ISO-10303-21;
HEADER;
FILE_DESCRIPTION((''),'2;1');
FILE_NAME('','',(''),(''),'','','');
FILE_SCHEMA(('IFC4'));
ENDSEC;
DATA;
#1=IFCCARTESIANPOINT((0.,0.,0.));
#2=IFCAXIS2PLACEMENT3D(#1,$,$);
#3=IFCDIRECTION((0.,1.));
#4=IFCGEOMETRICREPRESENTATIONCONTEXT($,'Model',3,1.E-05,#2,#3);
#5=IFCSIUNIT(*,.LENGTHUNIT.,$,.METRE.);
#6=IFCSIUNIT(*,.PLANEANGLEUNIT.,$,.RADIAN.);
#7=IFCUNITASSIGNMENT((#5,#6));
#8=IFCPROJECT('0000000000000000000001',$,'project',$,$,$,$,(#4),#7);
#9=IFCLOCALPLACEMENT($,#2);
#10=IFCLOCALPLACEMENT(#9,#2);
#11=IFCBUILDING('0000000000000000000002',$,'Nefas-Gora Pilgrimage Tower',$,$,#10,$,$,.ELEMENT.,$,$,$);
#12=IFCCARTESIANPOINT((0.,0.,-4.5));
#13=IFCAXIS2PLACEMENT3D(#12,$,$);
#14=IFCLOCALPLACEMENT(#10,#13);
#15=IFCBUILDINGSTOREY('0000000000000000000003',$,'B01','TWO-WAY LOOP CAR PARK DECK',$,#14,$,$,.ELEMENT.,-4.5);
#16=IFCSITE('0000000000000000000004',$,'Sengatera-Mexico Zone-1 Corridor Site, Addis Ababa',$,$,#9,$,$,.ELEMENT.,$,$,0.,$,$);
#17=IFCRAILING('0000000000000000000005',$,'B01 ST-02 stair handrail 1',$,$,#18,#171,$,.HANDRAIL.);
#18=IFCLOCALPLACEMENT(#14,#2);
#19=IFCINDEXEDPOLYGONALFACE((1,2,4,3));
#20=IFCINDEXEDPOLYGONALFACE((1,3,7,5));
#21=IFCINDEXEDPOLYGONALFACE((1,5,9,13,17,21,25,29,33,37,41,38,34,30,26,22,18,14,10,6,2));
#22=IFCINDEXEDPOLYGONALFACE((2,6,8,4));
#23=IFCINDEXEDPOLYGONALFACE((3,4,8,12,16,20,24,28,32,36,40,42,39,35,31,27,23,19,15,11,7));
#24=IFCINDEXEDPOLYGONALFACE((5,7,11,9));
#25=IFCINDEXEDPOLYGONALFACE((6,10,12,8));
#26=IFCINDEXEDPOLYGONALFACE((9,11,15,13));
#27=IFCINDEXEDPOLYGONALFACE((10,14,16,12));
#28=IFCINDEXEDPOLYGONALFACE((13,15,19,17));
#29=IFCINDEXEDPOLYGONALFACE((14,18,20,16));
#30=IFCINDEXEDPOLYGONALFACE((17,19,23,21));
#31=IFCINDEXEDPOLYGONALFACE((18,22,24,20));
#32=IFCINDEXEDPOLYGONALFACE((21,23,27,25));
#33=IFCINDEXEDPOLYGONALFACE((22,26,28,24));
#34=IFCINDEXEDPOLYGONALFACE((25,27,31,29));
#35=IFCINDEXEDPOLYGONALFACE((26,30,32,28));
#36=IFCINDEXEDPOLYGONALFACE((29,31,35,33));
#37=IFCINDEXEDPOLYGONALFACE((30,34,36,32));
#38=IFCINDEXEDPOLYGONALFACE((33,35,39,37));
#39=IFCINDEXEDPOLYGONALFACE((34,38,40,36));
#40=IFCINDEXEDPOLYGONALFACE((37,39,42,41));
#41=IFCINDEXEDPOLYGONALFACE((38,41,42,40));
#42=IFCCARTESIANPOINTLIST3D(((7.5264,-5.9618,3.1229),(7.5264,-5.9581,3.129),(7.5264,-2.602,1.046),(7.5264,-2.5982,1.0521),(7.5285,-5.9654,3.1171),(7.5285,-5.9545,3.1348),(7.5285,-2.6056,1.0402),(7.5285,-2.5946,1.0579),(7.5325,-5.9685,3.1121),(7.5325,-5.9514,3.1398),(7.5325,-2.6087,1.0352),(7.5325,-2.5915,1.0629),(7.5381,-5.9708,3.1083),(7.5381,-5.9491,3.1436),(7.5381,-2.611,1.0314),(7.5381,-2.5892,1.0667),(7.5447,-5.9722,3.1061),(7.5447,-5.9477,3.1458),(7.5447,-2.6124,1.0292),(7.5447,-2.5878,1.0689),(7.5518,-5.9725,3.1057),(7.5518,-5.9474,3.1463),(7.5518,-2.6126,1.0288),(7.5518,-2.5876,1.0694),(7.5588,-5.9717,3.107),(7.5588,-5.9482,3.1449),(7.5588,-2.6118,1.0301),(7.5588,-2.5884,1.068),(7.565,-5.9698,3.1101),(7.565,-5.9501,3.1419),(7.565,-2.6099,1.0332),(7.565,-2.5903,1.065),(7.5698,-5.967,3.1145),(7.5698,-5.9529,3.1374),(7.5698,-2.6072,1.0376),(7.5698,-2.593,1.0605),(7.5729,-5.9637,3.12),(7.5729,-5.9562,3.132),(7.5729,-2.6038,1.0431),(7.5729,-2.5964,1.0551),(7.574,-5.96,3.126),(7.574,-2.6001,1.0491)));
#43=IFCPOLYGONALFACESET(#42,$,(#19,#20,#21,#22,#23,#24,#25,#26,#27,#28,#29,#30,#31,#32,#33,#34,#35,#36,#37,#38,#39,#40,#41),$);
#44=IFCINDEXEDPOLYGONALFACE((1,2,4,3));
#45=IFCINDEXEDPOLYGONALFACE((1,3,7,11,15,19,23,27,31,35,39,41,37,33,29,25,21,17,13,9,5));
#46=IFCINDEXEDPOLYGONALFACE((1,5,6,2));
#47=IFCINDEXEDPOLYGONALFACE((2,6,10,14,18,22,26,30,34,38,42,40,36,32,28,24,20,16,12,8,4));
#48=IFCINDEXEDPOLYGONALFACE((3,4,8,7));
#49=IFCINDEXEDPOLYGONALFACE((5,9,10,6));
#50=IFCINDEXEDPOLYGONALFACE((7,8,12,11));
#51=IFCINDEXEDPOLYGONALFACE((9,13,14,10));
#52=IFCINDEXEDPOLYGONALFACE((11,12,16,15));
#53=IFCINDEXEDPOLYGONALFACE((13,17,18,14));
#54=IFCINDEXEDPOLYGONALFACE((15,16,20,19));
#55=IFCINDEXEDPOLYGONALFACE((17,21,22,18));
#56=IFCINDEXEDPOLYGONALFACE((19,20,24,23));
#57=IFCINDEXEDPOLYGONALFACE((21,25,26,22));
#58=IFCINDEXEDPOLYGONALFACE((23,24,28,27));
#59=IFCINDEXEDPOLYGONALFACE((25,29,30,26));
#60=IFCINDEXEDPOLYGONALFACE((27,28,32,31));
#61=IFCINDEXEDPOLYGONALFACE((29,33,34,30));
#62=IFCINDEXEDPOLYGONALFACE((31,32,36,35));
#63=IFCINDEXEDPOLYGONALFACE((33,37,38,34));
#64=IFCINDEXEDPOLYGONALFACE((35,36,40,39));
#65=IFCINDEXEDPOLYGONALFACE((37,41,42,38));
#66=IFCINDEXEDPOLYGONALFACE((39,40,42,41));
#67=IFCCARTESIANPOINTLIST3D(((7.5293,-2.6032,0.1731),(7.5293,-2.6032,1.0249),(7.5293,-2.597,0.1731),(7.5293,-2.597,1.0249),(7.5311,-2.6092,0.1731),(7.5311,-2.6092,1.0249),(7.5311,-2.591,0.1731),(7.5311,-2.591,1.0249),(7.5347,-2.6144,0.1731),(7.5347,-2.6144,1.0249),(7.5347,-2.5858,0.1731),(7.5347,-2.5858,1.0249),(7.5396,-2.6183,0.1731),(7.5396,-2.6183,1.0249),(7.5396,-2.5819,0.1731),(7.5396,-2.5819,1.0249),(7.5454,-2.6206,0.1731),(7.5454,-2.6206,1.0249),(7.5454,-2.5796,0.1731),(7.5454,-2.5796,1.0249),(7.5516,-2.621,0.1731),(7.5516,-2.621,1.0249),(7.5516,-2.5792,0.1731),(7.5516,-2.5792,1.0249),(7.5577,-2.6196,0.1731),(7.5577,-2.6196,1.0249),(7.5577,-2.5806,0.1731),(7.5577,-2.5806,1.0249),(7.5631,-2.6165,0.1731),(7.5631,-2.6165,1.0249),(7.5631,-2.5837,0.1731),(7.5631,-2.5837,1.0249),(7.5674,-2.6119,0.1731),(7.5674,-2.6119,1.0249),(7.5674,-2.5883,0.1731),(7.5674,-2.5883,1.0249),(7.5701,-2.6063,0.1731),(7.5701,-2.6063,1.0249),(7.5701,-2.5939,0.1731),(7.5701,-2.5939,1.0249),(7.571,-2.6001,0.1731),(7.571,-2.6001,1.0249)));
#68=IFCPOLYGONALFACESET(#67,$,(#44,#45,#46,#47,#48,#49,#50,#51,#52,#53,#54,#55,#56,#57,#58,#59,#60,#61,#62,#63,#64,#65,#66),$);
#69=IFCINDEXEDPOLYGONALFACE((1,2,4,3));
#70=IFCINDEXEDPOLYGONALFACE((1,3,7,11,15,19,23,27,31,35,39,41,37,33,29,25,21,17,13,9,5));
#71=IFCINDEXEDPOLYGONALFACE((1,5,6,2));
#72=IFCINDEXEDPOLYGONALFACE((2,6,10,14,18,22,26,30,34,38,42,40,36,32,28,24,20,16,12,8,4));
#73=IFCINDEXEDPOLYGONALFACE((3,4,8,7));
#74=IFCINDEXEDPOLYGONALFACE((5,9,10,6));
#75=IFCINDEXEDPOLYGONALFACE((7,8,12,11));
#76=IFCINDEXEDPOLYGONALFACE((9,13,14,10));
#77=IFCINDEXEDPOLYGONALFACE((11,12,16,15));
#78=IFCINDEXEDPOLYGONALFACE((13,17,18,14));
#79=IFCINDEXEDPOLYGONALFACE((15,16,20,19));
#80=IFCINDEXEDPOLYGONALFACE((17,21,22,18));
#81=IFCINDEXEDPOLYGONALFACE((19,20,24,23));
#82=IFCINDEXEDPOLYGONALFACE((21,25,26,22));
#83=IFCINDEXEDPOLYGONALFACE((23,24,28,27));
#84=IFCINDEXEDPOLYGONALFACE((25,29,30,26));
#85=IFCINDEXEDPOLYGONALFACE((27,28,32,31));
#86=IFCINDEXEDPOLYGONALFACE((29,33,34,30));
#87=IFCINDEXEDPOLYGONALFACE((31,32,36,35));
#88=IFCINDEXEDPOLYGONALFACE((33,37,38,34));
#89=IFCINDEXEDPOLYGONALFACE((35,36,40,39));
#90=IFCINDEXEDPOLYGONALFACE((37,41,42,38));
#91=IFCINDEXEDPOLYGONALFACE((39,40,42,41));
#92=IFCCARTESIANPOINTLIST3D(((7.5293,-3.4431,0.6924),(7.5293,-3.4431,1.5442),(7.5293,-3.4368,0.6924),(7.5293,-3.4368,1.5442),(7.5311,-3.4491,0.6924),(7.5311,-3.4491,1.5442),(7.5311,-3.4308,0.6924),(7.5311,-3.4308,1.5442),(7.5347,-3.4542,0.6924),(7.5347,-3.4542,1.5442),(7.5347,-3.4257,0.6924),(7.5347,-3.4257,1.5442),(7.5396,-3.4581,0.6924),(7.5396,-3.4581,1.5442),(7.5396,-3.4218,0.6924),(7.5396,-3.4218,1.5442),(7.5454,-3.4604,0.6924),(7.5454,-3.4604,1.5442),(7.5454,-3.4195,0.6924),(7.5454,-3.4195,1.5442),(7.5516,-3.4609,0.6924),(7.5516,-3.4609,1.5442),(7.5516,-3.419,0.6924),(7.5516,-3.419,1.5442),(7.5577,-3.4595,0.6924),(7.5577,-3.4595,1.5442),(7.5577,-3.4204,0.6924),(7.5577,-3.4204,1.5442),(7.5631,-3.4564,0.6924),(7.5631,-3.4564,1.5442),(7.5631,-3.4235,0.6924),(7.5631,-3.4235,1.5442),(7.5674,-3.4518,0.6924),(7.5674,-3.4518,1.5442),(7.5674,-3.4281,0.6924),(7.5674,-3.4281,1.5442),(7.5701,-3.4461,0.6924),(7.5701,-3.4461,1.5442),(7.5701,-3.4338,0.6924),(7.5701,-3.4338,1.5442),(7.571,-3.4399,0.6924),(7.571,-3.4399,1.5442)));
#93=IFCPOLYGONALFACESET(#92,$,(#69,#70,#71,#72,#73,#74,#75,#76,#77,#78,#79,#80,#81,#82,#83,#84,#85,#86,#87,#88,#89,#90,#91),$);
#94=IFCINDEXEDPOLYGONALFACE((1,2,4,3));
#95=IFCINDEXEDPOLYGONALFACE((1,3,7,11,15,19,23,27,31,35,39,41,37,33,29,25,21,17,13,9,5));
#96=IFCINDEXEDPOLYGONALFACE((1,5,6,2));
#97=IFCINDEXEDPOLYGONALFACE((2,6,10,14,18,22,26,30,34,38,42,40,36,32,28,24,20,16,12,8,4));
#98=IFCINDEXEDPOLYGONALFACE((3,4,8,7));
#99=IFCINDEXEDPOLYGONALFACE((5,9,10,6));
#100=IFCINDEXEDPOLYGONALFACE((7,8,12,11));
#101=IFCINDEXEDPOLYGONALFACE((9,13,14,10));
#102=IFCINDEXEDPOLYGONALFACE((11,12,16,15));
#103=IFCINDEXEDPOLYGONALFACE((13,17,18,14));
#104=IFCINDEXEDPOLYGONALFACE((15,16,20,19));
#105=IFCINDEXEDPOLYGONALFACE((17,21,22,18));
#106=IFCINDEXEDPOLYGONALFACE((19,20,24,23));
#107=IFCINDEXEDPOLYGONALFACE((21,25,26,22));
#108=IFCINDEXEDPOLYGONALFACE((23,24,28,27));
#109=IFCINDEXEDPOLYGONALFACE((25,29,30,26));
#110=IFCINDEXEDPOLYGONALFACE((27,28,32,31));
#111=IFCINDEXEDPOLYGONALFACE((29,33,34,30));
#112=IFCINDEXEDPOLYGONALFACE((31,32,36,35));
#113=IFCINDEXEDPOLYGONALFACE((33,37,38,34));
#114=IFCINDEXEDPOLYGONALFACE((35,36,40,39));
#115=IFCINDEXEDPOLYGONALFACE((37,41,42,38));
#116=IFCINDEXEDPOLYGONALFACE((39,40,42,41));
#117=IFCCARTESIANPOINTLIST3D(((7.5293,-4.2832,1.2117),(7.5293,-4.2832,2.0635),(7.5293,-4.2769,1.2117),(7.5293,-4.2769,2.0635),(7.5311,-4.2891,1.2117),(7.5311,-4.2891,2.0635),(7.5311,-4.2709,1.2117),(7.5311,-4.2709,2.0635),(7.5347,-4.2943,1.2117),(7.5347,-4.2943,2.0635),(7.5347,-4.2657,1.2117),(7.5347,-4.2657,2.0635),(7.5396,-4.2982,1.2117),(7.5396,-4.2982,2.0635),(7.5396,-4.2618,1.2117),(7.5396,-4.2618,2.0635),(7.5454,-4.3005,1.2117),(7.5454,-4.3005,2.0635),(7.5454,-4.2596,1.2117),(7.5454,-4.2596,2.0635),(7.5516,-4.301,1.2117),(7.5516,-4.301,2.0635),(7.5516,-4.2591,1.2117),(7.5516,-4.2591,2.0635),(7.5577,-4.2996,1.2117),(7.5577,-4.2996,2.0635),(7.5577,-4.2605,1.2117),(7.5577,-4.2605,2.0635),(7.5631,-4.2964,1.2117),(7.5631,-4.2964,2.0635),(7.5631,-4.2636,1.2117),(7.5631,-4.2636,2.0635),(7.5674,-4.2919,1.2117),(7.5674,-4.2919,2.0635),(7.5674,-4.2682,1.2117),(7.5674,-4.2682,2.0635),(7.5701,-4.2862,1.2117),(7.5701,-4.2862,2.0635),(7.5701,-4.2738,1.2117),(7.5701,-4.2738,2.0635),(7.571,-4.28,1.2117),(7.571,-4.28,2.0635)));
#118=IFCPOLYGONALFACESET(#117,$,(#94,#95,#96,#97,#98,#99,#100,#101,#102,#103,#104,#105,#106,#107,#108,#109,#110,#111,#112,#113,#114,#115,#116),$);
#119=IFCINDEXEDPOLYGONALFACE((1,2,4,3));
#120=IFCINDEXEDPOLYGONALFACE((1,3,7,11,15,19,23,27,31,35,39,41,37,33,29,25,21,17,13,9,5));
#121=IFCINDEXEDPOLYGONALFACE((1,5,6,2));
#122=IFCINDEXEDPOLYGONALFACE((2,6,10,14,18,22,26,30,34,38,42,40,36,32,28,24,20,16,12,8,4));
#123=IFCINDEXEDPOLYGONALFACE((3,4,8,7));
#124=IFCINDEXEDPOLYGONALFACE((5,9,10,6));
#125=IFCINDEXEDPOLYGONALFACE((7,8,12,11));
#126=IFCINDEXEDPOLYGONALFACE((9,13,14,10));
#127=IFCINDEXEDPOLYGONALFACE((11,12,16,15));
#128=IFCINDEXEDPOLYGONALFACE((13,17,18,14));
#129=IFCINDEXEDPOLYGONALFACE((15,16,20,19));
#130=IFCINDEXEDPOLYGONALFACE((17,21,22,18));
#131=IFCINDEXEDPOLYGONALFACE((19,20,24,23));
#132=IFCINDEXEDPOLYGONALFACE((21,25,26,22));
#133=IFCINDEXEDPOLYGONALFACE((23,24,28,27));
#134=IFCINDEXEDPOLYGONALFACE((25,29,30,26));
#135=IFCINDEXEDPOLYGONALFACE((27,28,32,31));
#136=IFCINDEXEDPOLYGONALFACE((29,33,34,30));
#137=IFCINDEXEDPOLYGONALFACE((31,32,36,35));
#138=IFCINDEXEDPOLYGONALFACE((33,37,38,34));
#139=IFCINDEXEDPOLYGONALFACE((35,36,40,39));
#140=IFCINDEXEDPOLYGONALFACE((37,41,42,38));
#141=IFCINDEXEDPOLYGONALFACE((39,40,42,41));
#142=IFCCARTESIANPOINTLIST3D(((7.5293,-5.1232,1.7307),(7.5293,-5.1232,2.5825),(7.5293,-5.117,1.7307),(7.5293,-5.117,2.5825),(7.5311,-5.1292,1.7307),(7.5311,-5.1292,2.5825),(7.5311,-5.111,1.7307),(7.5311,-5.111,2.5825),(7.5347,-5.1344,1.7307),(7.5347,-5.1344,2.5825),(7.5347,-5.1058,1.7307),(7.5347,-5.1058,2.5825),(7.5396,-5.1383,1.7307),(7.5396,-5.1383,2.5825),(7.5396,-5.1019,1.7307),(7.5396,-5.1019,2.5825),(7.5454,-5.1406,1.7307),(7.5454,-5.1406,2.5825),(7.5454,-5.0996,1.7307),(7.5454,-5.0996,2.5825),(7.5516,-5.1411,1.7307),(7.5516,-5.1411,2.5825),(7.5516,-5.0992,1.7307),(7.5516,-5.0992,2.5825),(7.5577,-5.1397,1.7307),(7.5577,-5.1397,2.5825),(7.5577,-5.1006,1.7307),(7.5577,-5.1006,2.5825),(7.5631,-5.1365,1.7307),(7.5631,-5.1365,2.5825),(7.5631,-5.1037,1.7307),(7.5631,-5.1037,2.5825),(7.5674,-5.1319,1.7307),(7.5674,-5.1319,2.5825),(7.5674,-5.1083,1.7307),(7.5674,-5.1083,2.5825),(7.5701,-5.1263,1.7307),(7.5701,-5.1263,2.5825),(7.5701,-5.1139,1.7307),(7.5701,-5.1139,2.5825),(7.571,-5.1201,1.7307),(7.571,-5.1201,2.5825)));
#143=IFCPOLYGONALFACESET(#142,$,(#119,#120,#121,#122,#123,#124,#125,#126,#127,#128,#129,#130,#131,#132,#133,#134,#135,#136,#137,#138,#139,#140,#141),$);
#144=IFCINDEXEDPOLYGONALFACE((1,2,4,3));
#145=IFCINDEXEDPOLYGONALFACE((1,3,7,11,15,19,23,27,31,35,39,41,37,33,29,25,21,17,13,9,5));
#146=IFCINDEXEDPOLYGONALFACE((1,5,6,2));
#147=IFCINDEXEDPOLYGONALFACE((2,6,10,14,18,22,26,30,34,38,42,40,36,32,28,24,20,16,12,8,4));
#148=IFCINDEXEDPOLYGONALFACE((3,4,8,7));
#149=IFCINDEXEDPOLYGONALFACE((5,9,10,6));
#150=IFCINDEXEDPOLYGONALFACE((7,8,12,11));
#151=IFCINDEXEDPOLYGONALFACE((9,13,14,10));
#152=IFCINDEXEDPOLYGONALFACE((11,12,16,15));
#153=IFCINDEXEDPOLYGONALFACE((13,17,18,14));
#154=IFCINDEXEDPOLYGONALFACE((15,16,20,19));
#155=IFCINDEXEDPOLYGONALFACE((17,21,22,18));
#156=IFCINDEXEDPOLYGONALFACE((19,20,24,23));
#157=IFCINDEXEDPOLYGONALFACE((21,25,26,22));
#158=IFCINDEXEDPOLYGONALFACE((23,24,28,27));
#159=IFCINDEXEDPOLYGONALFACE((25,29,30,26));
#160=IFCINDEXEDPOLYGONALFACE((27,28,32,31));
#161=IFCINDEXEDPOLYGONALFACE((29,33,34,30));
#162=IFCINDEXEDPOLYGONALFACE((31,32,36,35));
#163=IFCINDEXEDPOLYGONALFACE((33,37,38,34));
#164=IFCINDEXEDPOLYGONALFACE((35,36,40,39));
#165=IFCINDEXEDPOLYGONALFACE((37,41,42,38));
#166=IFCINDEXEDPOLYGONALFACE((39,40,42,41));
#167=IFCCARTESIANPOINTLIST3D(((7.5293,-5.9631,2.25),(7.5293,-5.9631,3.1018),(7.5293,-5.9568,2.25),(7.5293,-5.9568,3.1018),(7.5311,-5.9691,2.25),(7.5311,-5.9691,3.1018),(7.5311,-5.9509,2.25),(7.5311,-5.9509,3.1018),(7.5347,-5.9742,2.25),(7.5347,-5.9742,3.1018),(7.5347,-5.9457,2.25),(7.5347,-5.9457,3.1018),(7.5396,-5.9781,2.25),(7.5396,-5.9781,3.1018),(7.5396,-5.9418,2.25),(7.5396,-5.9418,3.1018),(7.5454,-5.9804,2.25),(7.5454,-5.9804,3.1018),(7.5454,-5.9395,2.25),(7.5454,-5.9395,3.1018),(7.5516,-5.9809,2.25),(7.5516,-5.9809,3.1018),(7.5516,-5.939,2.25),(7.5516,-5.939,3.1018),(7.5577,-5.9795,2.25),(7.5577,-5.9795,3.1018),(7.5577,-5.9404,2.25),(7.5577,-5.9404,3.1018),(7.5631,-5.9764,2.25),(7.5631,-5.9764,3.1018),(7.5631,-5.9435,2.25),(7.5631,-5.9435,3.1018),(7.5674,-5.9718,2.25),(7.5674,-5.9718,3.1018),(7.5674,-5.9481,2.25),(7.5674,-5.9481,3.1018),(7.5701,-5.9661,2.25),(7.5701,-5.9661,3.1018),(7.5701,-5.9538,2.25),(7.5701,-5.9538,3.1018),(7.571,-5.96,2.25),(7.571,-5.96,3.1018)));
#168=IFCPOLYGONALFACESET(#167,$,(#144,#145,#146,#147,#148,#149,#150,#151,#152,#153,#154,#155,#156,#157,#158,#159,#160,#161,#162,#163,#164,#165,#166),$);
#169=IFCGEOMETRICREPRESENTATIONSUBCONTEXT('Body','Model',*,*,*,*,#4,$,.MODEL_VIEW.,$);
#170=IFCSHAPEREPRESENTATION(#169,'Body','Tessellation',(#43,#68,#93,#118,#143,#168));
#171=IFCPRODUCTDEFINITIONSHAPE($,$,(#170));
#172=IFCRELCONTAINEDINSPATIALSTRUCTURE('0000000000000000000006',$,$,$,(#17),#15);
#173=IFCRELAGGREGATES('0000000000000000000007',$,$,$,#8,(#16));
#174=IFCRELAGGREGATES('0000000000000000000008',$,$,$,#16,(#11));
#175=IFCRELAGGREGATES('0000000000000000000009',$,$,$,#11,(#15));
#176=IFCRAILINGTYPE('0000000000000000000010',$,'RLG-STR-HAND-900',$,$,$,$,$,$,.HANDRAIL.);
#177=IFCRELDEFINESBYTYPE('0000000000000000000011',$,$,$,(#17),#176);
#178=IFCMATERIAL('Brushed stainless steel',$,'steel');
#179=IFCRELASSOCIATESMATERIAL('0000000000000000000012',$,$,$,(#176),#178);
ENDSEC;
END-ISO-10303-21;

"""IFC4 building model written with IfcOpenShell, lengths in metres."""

from ifc_helpers import new_model, si_unit, direction, frame, origin, origin_2d, place, context, subcontext, project, spatial, circle, extrude, material, type_object, element, save


model = new_model("IFC4")

# Units and contexts
model_context = context("Model", 3, precision=1e-05, world=origin(), true_north=direction((0.0, 1.0)))
body_context = subcontext(model_context, "Body", "Model", "MODEL_VIEW")
ifc_project = project(units=[si_unit("LENGTHUNIT", "METRE"), si_unit("PLANEANGLEUNIT", "RADIAN")], contexts=[model_context])

# Site, building, storey
site_placement = place(None, origin())
site = spatial("IfcSite", under=ifc_project, at=site_placement, Name="Sengatera-Mexico Zone-1 Corridor Site, Addis Ababa", CompositionType="ELEMENT", RefElevation=0.0)
building_placement = place(site_placement, origin())
building = spatial("IfcBuilding", under=site, at=building_placement, Name="Nefas-Gora Pilgrimage Tower", CompositionType="ELEMENT")
storey_placement = place(building_placement, frame((0.0, 0.0, -4.5)))
storey = spatial("IfcBuildingStorey", under=building, at=storey_placement, Name="B01", Description="TWO-WAY LOOP CAR PARK DECK", CompositionType="ELEMENT", Elevation=-4.5)

# Railing
ifc_material_1 = material(Name="Brushed stainless steel", Category="steel")
railing_type_1 = type_object("IfcRailingType", Name="RLG-STR-HAND-900", PredefinedType="HANDRAIL", material=ifc_material_1)
railing_1_placement = place(storey_placement, frame((7.55, -2.6001, 0.1731)))
element("IfcRailing", 1, at=railing_1_placement, inside=storey, type_object=railing_type_1, Name="B01 ST-02 stair handrail 1", PredefinedType="HANDRAIL", context=body_context, shape_type="SweptSolid", body=[
    extrude(circle(Radius=0.0239, at=origin_2d()), frame((0.0, 0.0, 0.876), z_axis=(0.0, -0.850606, 0.525803), x_axis=(1.0, 0.0, 0.0)), (0.0, 0.0, 1.0), 3.95),
    extrude(circle(Radius=0.021, at=origin_2d()), origin(), (0.0, 0.0, 1.0), 0.8518),
    extrude(circle(Radius=0.021, at=origin_2d()), frame((0.0, -0.8398, 0.5193)), (0.0, 0.0, 1.0), 0.8518),
    extrude(circle(Radius=0.021, at=origin_2d()), frame((0.0, -1.6799, 1.0386)), (0.0, 0.0, 1.0), 0.8518),
    extrude(circle(Radius=0.021, at=origin_2d()), frame((0.0, -2.52, 1.5576)), (0.0, 0.0, 1.0), 0.8518),
    extrude(circle(Radius=0.021, at=origin_2d()), frame((0.0, -3.3599, 2.0769)), (0.0, 0.0, 1.0), 0.8518),
])

save(model, "model.ifc")
